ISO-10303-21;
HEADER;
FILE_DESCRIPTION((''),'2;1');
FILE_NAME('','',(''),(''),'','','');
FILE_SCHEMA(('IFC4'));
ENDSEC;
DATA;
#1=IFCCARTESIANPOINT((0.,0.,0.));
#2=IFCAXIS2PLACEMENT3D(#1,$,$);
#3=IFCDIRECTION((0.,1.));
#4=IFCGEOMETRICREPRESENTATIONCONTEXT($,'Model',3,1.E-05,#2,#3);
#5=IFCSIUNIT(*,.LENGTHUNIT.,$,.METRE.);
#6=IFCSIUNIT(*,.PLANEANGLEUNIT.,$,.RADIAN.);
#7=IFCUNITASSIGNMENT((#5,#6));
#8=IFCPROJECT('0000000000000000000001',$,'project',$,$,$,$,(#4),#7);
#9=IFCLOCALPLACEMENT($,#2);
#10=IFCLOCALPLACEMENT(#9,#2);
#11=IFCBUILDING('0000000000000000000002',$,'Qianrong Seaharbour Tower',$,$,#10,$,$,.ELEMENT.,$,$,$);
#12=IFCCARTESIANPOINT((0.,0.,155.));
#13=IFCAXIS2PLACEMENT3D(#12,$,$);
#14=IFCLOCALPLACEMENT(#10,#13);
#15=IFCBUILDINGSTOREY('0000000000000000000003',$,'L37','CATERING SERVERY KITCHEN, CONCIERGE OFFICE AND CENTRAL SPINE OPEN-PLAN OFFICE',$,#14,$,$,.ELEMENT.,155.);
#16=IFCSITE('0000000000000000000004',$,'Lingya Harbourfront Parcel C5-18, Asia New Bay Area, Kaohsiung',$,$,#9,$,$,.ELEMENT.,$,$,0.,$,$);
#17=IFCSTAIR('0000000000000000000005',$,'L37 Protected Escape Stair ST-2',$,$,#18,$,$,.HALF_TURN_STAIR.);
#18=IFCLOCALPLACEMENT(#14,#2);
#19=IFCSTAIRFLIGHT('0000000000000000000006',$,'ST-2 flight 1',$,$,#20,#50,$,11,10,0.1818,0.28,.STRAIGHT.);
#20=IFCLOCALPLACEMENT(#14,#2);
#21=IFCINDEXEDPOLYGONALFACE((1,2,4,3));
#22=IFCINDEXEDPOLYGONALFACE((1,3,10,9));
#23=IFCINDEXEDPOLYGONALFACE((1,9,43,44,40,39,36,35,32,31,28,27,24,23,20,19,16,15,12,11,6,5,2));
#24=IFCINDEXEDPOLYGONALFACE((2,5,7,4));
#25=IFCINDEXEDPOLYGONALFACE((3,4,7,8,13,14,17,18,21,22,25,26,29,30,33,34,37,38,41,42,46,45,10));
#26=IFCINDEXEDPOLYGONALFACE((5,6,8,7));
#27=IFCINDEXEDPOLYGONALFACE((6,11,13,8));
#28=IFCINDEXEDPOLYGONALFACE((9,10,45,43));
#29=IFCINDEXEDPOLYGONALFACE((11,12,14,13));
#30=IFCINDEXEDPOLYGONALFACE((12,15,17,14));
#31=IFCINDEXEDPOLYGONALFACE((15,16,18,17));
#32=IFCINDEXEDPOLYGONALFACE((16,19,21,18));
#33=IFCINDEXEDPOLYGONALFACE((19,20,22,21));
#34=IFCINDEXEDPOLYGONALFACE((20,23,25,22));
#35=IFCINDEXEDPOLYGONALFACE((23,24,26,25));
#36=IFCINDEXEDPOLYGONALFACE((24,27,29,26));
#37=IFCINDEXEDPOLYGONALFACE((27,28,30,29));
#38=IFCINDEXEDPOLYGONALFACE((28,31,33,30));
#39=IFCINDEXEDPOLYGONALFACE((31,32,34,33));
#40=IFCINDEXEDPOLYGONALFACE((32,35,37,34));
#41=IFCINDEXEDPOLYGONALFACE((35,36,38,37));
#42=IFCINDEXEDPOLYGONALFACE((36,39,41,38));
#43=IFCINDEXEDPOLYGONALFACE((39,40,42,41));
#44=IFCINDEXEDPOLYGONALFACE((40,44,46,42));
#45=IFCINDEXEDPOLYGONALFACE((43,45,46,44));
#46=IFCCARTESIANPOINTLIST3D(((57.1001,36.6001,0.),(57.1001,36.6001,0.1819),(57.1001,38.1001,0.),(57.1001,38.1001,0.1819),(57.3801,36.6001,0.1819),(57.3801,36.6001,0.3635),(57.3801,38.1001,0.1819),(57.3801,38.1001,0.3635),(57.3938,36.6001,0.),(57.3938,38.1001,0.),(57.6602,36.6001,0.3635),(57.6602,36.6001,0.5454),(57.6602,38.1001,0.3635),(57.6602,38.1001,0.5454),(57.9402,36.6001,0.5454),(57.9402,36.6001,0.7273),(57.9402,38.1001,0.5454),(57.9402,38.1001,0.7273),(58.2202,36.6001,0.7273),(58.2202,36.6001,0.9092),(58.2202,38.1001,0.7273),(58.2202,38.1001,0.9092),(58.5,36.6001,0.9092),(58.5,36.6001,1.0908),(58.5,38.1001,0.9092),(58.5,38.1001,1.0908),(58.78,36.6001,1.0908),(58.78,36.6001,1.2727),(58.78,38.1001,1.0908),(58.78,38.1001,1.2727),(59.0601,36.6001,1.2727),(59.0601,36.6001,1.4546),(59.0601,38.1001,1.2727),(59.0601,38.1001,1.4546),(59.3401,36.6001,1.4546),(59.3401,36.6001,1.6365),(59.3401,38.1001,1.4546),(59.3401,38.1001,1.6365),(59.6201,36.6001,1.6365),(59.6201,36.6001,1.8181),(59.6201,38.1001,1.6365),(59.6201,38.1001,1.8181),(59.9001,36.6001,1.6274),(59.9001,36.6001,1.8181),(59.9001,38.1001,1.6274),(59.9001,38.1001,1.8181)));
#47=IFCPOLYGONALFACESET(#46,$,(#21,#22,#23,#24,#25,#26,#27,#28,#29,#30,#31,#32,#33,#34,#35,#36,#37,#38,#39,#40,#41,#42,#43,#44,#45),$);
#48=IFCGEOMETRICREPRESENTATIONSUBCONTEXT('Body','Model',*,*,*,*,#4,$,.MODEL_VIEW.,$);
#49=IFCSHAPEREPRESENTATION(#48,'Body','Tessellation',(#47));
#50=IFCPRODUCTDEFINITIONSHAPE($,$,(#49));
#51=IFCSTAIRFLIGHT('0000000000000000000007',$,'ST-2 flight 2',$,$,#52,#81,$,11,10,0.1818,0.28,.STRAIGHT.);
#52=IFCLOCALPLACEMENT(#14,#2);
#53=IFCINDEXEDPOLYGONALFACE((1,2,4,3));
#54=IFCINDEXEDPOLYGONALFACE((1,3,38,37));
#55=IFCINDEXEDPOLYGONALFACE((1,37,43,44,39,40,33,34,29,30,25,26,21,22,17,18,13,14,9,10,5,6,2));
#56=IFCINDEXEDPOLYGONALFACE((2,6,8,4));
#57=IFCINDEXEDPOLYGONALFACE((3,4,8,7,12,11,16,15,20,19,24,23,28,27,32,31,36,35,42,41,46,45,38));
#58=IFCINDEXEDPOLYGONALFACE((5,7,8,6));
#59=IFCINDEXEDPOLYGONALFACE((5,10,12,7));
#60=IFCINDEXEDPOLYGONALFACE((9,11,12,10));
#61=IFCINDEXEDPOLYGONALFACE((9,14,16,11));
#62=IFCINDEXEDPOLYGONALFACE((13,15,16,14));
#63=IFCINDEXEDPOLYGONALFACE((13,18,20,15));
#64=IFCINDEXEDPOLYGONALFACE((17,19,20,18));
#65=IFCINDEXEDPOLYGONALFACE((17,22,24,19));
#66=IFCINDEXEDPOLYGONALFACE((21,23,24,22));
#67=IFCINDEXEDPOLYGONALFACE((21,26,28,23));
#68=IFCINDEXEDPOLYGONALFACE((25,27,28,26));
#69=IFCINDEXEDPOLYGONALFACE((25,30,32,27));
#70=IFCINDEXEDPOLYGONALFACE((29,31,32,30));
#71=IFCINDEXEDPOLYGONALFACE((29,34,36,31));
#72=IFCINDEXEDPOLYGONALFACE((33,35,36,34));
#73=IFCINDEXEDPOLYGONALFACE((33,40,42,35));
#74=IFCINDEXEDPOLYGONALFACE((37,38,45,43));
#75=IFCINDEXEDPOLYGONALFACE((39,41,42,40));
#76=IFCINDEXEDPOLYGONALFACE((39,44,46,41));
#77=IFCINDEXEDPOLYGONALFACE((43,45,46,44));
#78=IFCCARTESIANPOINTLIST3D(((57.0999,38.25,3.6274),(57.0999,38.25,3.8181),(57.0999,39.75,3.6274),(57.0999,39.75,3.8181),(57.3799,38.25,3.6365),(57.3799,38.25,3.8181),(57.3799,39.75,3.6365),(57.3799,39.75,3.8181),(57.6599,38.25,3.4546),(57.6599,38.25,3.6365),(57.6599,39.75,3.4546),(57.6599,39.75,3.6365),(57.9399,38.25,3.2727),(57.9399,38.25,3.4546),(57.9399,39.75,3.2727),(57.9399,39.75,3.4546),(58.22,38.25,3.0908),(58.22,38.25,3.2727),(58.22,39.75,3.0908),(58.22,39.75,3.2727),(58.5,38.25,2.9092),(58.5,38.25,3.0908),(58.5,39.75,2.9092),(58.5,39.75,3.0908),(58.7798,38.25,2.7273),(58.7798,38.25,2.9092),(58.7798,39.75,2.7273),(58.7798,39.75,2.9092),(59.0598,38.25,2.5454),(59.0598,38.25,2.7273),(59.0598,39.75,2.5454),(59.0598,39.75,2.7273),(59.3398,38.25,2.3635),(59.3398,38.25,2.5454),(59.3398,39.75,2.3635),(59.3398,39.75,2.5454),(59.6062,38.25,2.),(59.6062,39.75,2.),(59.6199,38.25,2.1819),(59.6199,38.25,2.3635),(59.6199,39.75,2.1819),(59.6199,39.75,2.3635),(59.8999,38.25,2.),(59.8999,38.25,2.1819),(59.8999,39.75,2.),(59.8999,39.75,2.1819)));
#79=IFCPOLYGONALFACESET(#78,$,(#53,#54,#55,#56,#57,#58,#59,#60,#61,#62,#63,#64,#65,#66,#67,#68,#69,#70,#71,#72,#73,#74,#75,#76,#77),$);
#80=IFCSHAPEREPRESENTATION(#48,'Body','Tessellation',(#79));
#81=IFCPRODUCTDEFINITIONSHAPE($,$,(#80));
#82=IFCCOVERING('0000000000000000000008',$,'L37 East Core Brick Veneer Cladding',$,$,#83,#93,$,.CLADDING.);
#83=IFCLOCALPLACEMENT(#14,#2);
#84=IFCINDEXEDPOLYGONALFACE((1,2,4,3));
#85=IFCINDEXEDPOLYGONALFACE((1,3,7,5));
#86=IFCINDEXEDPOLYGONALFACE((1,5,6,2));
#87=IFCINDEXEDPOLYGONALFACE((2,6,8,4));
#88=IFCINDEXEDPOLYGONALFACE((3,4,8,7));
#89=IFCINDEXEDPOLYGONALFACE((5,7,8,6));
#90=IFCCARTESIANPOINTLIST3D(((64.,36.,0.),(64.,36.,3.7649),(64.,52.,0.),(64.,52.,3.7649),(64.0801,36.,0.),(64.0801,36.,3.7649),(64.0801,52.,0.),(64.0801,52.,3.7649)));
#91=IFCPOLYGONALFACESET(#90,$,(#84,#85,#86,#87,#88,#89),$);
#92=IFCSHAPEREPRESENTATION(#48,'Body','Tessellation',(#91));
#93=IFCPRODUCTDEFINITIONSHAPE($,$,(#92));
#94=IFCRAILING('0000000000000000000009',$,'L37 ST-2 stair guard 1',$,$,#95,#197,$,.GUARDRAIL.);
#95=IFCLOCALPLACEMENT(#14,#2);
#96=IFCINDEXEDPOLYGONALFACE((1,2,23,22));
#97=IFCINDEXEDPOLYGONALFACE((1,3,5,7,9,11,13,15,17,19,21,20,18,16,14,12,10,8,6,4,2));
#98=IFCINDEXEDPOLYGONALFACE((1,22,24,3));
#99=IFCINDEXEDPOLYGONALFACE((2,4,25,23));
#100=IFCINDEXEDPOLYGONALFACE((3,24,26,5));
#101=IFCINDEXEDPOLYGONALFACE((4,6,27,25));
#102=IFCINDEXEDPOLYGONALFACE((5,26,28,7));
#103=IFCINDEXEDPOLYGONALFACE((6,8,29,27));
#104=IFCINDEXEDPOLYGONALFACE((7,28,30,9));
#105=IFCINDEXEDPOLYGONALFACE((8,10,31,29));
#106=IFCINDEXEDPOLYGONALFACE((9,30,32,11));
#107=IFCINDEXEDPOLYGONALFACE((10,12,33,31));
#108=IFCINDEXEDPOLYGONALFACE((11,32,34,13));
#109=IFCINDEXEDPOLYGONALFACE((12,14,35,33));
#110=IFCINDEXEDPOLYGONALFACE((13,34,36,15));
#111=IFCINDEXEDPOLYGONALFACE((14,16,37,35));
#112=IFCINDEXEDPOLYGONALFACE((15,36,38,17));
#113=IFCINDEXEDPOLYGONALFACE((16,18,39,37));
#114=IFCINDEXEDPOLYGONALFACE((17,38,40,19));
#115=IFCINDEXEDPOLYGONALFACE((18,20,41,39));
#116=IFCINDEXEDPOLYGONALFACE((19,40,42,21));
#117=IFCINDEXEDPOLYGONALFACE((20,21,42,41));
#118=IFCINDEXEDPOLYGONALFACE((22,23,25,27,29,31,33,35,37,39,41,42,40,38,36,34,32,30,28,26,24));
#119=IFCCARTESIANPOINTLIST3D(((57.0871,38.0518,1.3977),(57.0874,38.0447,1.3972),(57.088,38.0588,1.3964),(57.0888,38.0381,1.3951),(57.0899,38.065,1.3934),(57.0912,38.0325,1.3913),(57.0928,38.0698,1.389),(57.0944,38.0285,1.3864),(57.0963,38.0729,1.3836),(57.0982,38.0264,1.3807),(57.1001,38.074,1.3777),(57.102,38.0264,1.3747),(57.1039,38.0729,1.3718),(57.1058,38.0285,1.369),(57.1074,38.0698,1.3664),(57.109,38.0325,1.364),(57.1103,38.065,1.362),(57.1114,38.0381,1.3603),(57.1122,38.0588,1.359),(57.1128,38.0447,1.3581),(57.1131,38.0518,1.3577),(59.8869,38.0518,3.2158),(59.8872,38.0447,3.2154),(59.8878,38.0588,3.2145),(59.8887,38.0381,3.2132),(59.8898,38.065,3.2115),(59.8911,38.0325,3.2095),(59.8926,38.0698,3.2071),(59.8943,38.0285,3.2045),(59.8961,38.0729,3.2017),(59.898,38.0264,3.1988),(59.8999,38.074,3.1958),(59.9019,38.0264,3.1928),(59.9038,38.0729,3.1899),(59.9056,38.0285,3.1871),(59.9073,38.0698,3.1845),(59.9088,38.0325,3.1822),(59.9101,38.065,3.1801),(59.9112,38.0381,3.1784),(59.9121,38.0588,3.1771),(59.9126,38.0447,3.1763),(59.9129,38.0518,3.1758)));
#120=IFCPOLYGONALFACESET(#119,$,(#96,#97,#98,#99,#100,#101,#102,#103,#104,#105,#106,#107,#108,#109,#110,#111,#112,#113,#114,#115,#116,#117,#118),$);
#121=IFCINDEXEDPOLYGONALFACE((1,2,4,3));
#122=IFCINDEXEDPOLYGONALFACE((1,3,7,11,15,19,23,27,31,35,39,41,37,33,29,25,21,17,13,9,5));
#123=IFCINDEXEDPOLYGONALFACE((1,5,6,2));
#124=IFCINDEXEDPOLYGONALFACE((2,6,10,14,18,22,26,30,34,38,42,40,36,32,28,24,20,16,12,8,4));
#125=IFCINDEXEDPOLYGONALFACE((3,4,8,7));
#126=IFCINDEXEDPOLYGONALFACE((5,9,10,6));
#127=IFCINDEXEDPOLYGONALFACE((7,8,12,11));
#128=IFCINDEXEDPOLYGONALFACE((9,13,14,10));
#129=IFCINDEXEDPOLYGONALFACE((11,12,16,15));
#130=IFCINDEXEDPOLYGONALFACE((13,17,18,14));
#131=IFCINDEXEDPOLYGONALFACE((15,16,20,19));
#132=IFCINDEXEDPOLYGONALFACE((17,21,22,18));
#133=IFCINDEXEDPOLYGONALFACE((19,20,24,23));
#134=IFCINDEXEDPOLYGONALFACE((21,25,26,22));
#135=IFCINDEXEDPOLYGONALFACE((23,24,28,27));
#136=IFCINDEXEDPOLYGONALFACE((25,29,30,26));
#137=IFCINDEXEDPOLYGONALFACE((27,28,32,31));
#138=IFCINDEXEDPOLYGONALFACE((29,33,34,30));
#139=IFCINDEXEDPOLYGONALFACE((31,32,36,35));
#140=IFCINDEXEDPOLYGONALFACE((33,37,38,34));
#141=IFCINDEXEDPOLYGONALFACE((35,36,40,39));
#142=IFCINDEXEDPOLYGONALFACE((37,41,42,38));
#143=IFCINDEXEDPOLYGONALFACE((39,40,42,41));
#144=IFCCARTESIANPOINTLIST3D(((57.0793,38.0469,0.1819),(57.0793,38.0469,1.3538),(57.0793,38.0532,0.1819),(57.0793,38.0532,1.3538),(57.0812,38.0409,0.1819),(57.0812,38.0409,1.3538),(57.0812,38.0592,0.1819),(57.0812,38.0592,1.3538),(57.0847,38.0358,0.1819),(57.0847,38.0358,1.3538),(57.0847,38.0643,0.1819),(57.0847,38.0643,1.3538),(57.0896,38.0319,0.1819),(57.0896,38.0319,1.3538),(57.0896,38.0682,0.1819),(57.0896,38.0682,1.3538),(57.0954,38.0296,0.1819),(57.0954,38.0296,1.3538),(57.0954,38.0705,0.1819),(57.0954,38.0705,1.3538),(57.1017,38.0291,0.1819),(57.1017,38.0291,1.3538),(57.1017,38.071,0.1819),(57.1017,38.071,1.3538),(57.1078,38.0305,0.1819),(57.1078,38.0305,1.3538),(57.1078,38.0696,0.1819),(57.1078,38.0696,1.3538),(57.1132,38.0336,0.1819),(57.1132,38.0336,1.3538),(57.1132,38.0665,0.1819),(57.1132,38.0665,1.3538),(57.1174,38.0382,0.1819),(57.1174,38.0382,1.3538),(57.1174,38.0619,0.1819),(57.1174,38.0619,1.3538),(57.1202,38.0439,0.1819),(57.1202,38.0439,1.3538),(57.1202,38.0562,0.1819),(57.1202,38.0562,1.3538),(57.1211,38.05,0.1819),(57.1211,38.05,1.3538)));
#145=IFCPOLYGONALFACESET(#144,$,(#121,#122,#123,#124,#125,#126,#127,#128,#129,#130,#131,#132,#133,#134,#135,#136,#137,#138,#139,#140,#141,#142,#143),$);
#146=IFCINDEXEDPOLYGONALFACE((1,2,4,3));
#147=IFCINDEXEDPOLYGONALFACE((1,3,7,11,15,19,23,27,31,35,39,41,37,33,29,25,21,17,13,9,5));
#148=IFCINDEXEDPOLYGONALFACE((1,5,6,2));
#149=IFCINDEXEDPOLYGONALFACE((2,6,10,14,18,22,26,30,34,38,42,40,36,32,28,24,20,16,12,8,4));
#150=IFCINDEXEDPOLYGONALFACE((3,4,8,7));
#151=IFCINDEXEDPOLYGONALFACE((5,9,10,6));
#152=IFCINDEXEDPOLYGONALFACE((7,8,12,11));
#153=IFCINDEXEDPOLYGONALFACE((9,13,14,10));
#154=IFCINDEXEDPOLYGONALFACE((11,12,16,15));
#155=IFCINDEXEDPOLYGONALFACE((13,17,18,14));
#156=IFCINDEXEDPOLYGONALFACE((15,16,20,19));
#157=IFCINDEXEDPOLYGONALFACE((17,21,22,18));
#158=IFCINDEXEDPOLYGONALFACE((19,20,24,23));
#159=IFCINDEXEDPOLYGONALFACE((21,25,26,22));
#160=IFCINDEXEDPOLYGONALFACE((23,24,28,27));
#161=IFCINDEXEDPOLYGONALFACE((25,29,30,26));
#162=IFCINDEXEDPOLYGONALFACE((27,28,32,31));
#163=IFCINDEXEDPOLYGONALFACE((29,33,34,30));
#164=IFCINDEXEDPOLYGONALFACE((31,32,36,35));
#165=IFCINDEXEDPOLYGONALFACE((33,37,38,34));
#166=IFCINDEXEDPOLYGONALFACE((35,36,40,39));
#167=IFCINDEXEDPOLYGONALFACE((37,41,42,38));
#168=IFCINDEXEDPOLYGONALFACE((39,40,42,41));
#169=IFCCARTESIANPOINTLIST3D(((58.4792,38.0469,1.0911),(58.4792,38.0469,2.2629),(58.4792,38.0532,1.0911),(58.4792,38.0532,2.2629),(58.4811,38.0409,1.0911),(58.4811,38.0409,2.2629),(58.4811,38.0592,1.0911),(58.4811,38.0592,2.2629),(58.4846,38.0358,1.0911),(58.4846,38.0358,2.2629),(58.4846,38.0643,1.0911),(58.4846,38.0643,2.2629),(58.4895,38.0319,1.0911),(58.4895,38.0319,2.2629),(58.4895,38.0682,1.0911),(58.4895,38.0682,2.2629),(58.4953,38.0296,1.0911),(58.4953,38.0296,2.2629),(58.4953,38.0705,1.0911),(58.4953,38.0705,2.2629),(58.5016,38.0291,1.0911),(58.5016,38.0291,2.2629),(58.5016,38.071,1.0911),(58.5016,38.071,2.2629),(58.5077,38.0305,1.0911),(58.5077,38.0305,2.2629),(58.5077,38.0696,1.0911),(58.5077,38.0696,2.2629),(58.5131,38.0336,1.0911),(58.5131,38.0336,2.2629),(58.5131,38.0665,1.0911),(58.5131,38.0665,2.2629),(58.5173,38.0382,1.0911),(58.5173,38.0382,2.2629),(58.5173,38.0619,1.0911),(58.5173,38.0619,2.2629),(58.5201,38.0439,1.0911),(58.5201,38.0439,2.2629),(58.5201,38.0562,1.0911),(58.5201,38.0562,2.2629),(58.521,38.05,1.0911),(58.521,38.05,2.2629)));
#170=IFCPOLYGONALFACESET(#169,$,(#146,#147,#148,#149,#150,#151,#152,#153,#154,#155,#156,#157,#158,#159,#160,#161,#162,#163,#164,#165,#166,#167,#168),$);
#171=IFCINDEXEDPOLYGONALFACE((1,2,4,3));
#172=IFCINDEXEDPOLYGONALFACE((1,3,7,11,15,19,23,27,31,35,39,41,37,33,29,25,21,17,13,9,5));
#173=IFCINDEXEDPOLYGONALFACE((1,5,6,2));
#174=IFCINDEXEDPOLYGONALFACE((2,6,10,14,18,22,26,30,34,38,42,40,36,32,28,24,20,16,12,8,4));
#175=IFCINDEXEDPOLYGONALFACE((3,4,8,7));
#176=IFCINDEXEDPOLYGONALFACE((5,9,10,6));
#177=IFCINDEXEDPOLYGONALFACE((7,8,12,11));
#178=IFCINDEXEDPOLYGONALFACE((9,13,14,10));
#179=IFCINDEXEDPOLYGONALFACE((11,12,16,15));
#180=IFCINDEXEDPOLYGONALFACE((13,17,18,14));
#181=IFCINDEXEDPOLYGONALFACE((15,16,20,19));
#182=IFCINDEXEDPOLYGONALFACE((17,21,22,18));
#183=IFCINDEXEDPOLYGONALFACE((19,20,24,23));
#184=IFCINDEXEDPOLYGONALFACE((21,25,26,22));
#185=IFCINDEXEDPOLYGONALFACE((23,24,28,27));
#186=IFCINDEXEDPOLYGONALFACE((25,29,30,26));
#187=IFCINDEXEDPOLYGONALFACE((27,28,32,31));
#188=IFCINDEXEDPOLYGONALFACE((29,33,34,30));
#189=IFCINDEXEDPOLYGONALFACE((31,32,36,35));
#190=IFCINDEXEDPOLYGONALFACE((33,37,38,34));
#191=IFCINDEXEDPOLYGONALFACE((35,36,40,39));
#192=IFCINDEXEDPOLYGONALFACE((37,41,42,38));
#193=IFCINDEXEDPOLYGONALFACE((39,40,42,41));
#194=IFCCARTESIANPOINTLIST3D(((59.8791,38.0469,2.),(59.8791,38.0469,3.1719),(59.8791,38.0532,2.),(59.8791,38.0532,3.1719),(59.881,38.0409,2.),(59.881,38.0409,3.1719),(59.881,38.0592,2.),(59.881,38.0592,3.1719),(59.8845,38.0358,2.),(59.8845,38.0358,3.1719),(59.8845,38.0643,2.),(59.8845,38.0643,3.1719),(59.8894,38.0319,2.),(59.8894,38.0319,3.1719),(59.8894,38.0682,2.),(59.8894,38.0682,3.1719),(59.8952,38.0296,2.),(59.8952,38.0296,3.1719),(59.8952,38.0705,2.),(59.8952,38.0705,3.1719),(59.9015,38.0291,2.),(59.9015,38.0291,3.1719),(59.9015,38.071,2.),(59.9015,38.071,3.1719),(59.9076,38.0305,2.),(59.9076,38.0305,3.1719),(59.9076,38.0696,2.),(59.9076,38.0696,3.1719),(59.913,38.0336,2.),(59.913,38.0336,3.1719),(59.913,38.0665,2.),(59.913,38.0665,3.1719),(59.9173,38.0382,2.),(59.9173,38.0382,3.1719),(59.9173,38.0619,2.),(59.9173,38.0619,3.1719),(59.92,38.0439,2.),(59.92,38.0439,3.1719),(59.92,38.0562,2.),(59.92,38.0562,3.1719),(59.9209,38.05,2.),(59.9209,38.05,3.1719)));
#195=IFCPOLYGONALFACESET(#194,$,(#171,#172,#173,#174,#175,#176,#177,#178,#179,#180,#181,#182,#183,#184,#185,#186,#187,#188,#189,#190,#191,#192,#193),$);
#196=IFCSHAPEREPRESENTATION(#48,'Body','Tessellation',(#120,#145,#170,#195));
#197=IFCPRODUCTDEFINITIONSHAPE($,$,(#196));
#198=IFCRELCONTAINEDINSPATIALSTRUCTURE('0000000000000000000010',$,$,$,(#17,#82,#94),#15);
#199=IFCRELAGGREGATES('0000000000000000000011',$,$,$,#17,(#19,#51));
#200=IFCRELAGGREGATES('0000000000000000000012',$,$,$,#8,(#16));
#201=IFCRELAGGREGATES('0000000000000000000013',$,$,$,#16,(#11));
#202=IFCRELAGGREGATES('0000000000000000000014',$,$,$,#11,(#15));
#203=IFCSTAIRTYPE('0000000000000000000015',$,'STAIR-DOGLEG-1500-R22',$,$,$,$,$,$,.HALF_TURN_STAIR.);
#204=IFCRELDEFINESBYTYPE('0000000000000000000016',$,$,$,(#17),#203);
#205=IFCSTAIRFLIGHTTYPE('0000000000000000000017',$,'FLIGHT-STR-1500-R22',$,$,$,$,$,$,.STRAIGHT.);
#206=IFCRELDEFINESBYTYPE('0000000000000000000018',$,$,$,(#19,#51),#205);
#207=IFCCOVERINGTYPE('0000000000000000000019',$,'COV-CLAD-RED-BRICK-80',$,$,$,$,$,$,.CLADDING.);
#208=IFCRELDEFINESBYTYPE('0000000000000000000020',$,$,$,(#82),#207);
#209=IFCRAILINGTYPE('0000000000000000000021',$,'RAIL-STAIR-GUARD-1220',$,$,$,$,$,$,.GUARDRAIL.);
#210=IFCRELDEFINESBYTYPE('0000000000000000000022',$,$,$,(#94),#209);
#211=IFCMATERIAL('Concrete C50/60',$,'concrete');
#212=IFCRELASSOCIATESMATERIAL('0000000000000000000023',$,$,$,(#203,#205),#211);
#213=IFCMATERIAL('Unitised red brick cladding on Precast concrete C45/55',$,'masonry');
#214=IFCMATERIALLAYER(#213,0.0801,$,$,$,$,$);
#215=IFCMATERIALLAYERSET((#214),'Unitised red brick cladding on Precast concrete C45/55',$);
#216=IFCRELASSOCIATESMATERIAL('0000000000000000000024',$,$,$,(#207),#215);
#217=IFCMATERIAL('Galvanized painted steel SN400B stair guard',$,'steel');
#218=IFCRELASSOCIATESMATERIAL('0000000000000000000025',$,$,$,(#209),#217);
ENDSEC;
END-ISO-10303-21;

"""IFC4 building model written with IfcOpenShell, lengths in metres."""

from ifc_helpers import new_model, si_unit, direction, frame, origin, origin_2d, place, context, subcontext, project, spatial, polyline, rectangle, circle, outline, extrude, material, layer, layer_set, type_object, element, aggregate, save


model = new_model("IFC4")

# Units and contexts
model_context = context("Model", 3, precision=1e-05, world=origin(), true_north=direction((0.0, 1.0)))
body_context = subcontext(model_context, "Body", "Model", "MODEL_VIEW")
ifc_project = project(units=[si_unit("LENGTHUNIT", "METRE"), si_unit("PLANEANGLEUNIT", "RADIAN")], contexts=[model_context])

# Site, building, storey
site_placement = place(None, origin())
site = spatial("IfcSite", under=ifc_project, at=site_placement, Name="Lingya Harbourfront Parcel C5-18, Asia New Bay Area, Kaohsiung", CompositionType="ELEMENT", RefElevation=0.0)
building_placement = place(site_placement, origin())
building = spatial("IfcBuilding", under=site, at=building_placement, Name="Qianrong Seaharbour Tower", CompositionType="ELEMENT")
storey_placement = place(building_placement, frame((0.0, 0.0, 155.0)))
storey = spatial("IfcBuildingStorey", under=building, at=storey_placement, Name="L37", Description="CATERING SERVERY KITCHEN, CONCIERGE OFFICE AND CENTRAL SPINE OPEN-PLAN OFFICE", CompositionType="ELEMENT", Elevation=155.0)

# Shared definitions
ifc_material_1 = material(Name="Concrete C50/60", Category="concrete")

# Stair, stair flights
stair_type = type_object("IfcStairType", Name="STAIR-DOGLEG-1500-R22", PredefinedType="HALF_TURN_STAIR", material=ifc_material_1)
stair_placement = place(storey_placement, origin())
stair = element("IfcStair", 1, at=stair_placement, inside=storey, type_object=stair_type, Name="L37 Protected Escape Stair ST-2", PredefinedType="HALF_TURN_STAIR")
stair_flight_type = type_object("IfcStairFlightType", Name="FLIGHT-STR-1500-R22", PredefinedType="STRAIGHT", material=ifc_material_1)
stair_flight_1_placement = place(storey_placement, frame((57.1001, 37.3501, 0.0), z_axis=(0.0, 0.0, 1.0), x_axis=(1.0, 0.0, 0.0)))
stair_flight_1 = element("IfcStairFlight", 2, at=stair_flight_1_placement, type_object=stair_flight_type, Name="ST-2 flight 1", NumberOfRisers=11, NumberOfTreads=10, PredefinedType="STRAIGHT", RiserHeight=0.1818, TreadLength=0.28, context=body_context, shape_type="SweptSolid", body=[
    extrude(outline(polyline([(0.0, 0.0), (0.0, 0.1819), (0.28, 0.1819), (0.28, 0.3635), (0.5601, 0.3635), (0.5601, 0.5454), (0.8401, 0.5454), (0.8401, 0.7273), (1.1201, 0.7273), (1.1201, 0.9092), (1.3999, 0.9092), (1.3999, 1.0908), (1.6799, 1.0908), (1.6799, 1.2727), (1.96, 1.2727), (1.96, 1.4546), (2.24, 1.4546), (2.24, 1.6365), (2.52, 1.6365), (2.52, 1.8181), (2.8, 1.8181), (2.8, 2.0), (2.8, 1.6274), (0.2937, 0.0), (0.0, 0.0)])), frame((0.0, 0.75, 0.0), z_axis=(0.0, -1.0, 0.0), x_axis=(1.0, 0.0, 0.0)), (0.0, 0.0, 1.0), 1.5),
])
stair_flight_2_placement = place(storey_placement, frame((59.8999, 39.0, 2.0), z_axis=(0.0, 0.0, 1.0), x_axis=(-1.0, 0.0, 0.0)))
stair_flight_2 = element("IfcStairFlight", 3, at=stair_flight_2_placement, type_object=stair_flight_type, Name="ST-2 flight 2", NumberOfRisers=11, NumberOfTreads=10, PredefinedType="STRAIGHT", RiserHeight=0.1818, TreadLength=0.28, context=body_context, shape_type="SweptSolid", body=[
    extrude(outline(polyline([(0.0, 0.0), (0.0, 0.1819), (0.28, 0.1819), (0.28, 0.3635), (0.5601, 0.3635), (0.5601, 0.5454), (0.8401, 0.5454), (0.8401, 0.7273), (1.1201, 0.7273), (1.1201, 0.9092), (1.3999, 0.9092), (1.3999, 1.0908), (1.6799, 1.0908), (1.6799, 1.2727), (1.96, 1.2727), (1.96, 1.4546), (2.24, 1.4546), (2.24, 1.6365), (2.52, 1.6365), (2.52, 1.8181), (2.8, 1.8181), (2.8, 2.0), (2.8, 1.6274), (0.2937, 0.0), (0.0, 0.0)])), frame((0.0, 0.75, 0.0), z_axis=(0.0, -1.0, 0.0), x_axis=(1.0, 0.0, 0.0)), (0.0, 0.0, 1.0), 1.5),
])
aggregate(stair, [stair_flight_1, stair_flight_2])

# Covering
ifc_material_2 = material(Name="Unitised red brick cladding on Precast concrete C45/55", Category="masonry")
ifc_layer_1 = layer(ifc_material_2, 0.0801)
ifc_layer_set_1 = layer_set([ifc_layer_1], Name="Unitised red brick cladding on Precast concrete C45/55")
covering_type = type_object("IfcCoveringType", Name="COV-CLAD-RED-BRICK-80", PredefinedType="CLADDING", material=ifc_layer_set_1)
covering_placement = place(storey_placement, frame((64.04, 44.0, 0.0), z_axis=(0.0, 0.0, 1.0), x_axis=(1.0, 0.0, 0.0)))
element("IfcCovering", 4, at=covering_placement, inside=storey, type_object=covering_type, Name="L37 East Core Brick Veneer Cladding", PredefinedType="CLADDING", context=body_context, shape_type="SweptSolid", body=[
    extrude(rectangle(XDim=0.0801, YDim=16.0, at=origin_2d()), origin(), (0.0, 0.0, 1.0), 3.7649),
])

# Railing
ifc_material_3 = material(Name="Galvanized painted steel SN400B stair guard", Category="steel")
railing_type_1 = type_object("IfcRailingType", Name="RAIL-STAIR-GUARD-1220", PredefinedType="GUARDRAIL", material=ifc_material_3)
railing_1_placement = place(storey_placement, frame((57.1001, 38.05, 0.1819)))
element("IfcRailing", 5, at=railing_1_placement, inside=storey, type_object=railing_type_1, Name="L37 ST-2 stair guard 1", PredefinedType="GUARDRAIL", context=body_context, shape_type="SweptSolid", body=[
    extrude(circle(Radius=0.0239, at=origin_2d()), frame((0.0, 0.0, 1.1958), z_axis=(0.838684, 0.0, 0.544618), x_axis=(0.0, 1.0, 0.0)), (0.0, 0.0, 1.0), 3.3384),
    extrude(circle(Radius=0.021, at=origin_2d()), origin(), (0.0, 0.0, 1.0), 1.1719),
    extrude(circle(Radius=0.021, at=origin_2d()), frame((1.3999, 0.0, 0.9092)), (0.0, 0.0, 1.0), 1.1719),
    extrude(circle(Radius=0.021, at=origin_2d()), frame((2.7998, 0.0, 1.8181)), (0.0, 0.0, 1.0), 1.1719),
])

save(model, "model.ifc")
